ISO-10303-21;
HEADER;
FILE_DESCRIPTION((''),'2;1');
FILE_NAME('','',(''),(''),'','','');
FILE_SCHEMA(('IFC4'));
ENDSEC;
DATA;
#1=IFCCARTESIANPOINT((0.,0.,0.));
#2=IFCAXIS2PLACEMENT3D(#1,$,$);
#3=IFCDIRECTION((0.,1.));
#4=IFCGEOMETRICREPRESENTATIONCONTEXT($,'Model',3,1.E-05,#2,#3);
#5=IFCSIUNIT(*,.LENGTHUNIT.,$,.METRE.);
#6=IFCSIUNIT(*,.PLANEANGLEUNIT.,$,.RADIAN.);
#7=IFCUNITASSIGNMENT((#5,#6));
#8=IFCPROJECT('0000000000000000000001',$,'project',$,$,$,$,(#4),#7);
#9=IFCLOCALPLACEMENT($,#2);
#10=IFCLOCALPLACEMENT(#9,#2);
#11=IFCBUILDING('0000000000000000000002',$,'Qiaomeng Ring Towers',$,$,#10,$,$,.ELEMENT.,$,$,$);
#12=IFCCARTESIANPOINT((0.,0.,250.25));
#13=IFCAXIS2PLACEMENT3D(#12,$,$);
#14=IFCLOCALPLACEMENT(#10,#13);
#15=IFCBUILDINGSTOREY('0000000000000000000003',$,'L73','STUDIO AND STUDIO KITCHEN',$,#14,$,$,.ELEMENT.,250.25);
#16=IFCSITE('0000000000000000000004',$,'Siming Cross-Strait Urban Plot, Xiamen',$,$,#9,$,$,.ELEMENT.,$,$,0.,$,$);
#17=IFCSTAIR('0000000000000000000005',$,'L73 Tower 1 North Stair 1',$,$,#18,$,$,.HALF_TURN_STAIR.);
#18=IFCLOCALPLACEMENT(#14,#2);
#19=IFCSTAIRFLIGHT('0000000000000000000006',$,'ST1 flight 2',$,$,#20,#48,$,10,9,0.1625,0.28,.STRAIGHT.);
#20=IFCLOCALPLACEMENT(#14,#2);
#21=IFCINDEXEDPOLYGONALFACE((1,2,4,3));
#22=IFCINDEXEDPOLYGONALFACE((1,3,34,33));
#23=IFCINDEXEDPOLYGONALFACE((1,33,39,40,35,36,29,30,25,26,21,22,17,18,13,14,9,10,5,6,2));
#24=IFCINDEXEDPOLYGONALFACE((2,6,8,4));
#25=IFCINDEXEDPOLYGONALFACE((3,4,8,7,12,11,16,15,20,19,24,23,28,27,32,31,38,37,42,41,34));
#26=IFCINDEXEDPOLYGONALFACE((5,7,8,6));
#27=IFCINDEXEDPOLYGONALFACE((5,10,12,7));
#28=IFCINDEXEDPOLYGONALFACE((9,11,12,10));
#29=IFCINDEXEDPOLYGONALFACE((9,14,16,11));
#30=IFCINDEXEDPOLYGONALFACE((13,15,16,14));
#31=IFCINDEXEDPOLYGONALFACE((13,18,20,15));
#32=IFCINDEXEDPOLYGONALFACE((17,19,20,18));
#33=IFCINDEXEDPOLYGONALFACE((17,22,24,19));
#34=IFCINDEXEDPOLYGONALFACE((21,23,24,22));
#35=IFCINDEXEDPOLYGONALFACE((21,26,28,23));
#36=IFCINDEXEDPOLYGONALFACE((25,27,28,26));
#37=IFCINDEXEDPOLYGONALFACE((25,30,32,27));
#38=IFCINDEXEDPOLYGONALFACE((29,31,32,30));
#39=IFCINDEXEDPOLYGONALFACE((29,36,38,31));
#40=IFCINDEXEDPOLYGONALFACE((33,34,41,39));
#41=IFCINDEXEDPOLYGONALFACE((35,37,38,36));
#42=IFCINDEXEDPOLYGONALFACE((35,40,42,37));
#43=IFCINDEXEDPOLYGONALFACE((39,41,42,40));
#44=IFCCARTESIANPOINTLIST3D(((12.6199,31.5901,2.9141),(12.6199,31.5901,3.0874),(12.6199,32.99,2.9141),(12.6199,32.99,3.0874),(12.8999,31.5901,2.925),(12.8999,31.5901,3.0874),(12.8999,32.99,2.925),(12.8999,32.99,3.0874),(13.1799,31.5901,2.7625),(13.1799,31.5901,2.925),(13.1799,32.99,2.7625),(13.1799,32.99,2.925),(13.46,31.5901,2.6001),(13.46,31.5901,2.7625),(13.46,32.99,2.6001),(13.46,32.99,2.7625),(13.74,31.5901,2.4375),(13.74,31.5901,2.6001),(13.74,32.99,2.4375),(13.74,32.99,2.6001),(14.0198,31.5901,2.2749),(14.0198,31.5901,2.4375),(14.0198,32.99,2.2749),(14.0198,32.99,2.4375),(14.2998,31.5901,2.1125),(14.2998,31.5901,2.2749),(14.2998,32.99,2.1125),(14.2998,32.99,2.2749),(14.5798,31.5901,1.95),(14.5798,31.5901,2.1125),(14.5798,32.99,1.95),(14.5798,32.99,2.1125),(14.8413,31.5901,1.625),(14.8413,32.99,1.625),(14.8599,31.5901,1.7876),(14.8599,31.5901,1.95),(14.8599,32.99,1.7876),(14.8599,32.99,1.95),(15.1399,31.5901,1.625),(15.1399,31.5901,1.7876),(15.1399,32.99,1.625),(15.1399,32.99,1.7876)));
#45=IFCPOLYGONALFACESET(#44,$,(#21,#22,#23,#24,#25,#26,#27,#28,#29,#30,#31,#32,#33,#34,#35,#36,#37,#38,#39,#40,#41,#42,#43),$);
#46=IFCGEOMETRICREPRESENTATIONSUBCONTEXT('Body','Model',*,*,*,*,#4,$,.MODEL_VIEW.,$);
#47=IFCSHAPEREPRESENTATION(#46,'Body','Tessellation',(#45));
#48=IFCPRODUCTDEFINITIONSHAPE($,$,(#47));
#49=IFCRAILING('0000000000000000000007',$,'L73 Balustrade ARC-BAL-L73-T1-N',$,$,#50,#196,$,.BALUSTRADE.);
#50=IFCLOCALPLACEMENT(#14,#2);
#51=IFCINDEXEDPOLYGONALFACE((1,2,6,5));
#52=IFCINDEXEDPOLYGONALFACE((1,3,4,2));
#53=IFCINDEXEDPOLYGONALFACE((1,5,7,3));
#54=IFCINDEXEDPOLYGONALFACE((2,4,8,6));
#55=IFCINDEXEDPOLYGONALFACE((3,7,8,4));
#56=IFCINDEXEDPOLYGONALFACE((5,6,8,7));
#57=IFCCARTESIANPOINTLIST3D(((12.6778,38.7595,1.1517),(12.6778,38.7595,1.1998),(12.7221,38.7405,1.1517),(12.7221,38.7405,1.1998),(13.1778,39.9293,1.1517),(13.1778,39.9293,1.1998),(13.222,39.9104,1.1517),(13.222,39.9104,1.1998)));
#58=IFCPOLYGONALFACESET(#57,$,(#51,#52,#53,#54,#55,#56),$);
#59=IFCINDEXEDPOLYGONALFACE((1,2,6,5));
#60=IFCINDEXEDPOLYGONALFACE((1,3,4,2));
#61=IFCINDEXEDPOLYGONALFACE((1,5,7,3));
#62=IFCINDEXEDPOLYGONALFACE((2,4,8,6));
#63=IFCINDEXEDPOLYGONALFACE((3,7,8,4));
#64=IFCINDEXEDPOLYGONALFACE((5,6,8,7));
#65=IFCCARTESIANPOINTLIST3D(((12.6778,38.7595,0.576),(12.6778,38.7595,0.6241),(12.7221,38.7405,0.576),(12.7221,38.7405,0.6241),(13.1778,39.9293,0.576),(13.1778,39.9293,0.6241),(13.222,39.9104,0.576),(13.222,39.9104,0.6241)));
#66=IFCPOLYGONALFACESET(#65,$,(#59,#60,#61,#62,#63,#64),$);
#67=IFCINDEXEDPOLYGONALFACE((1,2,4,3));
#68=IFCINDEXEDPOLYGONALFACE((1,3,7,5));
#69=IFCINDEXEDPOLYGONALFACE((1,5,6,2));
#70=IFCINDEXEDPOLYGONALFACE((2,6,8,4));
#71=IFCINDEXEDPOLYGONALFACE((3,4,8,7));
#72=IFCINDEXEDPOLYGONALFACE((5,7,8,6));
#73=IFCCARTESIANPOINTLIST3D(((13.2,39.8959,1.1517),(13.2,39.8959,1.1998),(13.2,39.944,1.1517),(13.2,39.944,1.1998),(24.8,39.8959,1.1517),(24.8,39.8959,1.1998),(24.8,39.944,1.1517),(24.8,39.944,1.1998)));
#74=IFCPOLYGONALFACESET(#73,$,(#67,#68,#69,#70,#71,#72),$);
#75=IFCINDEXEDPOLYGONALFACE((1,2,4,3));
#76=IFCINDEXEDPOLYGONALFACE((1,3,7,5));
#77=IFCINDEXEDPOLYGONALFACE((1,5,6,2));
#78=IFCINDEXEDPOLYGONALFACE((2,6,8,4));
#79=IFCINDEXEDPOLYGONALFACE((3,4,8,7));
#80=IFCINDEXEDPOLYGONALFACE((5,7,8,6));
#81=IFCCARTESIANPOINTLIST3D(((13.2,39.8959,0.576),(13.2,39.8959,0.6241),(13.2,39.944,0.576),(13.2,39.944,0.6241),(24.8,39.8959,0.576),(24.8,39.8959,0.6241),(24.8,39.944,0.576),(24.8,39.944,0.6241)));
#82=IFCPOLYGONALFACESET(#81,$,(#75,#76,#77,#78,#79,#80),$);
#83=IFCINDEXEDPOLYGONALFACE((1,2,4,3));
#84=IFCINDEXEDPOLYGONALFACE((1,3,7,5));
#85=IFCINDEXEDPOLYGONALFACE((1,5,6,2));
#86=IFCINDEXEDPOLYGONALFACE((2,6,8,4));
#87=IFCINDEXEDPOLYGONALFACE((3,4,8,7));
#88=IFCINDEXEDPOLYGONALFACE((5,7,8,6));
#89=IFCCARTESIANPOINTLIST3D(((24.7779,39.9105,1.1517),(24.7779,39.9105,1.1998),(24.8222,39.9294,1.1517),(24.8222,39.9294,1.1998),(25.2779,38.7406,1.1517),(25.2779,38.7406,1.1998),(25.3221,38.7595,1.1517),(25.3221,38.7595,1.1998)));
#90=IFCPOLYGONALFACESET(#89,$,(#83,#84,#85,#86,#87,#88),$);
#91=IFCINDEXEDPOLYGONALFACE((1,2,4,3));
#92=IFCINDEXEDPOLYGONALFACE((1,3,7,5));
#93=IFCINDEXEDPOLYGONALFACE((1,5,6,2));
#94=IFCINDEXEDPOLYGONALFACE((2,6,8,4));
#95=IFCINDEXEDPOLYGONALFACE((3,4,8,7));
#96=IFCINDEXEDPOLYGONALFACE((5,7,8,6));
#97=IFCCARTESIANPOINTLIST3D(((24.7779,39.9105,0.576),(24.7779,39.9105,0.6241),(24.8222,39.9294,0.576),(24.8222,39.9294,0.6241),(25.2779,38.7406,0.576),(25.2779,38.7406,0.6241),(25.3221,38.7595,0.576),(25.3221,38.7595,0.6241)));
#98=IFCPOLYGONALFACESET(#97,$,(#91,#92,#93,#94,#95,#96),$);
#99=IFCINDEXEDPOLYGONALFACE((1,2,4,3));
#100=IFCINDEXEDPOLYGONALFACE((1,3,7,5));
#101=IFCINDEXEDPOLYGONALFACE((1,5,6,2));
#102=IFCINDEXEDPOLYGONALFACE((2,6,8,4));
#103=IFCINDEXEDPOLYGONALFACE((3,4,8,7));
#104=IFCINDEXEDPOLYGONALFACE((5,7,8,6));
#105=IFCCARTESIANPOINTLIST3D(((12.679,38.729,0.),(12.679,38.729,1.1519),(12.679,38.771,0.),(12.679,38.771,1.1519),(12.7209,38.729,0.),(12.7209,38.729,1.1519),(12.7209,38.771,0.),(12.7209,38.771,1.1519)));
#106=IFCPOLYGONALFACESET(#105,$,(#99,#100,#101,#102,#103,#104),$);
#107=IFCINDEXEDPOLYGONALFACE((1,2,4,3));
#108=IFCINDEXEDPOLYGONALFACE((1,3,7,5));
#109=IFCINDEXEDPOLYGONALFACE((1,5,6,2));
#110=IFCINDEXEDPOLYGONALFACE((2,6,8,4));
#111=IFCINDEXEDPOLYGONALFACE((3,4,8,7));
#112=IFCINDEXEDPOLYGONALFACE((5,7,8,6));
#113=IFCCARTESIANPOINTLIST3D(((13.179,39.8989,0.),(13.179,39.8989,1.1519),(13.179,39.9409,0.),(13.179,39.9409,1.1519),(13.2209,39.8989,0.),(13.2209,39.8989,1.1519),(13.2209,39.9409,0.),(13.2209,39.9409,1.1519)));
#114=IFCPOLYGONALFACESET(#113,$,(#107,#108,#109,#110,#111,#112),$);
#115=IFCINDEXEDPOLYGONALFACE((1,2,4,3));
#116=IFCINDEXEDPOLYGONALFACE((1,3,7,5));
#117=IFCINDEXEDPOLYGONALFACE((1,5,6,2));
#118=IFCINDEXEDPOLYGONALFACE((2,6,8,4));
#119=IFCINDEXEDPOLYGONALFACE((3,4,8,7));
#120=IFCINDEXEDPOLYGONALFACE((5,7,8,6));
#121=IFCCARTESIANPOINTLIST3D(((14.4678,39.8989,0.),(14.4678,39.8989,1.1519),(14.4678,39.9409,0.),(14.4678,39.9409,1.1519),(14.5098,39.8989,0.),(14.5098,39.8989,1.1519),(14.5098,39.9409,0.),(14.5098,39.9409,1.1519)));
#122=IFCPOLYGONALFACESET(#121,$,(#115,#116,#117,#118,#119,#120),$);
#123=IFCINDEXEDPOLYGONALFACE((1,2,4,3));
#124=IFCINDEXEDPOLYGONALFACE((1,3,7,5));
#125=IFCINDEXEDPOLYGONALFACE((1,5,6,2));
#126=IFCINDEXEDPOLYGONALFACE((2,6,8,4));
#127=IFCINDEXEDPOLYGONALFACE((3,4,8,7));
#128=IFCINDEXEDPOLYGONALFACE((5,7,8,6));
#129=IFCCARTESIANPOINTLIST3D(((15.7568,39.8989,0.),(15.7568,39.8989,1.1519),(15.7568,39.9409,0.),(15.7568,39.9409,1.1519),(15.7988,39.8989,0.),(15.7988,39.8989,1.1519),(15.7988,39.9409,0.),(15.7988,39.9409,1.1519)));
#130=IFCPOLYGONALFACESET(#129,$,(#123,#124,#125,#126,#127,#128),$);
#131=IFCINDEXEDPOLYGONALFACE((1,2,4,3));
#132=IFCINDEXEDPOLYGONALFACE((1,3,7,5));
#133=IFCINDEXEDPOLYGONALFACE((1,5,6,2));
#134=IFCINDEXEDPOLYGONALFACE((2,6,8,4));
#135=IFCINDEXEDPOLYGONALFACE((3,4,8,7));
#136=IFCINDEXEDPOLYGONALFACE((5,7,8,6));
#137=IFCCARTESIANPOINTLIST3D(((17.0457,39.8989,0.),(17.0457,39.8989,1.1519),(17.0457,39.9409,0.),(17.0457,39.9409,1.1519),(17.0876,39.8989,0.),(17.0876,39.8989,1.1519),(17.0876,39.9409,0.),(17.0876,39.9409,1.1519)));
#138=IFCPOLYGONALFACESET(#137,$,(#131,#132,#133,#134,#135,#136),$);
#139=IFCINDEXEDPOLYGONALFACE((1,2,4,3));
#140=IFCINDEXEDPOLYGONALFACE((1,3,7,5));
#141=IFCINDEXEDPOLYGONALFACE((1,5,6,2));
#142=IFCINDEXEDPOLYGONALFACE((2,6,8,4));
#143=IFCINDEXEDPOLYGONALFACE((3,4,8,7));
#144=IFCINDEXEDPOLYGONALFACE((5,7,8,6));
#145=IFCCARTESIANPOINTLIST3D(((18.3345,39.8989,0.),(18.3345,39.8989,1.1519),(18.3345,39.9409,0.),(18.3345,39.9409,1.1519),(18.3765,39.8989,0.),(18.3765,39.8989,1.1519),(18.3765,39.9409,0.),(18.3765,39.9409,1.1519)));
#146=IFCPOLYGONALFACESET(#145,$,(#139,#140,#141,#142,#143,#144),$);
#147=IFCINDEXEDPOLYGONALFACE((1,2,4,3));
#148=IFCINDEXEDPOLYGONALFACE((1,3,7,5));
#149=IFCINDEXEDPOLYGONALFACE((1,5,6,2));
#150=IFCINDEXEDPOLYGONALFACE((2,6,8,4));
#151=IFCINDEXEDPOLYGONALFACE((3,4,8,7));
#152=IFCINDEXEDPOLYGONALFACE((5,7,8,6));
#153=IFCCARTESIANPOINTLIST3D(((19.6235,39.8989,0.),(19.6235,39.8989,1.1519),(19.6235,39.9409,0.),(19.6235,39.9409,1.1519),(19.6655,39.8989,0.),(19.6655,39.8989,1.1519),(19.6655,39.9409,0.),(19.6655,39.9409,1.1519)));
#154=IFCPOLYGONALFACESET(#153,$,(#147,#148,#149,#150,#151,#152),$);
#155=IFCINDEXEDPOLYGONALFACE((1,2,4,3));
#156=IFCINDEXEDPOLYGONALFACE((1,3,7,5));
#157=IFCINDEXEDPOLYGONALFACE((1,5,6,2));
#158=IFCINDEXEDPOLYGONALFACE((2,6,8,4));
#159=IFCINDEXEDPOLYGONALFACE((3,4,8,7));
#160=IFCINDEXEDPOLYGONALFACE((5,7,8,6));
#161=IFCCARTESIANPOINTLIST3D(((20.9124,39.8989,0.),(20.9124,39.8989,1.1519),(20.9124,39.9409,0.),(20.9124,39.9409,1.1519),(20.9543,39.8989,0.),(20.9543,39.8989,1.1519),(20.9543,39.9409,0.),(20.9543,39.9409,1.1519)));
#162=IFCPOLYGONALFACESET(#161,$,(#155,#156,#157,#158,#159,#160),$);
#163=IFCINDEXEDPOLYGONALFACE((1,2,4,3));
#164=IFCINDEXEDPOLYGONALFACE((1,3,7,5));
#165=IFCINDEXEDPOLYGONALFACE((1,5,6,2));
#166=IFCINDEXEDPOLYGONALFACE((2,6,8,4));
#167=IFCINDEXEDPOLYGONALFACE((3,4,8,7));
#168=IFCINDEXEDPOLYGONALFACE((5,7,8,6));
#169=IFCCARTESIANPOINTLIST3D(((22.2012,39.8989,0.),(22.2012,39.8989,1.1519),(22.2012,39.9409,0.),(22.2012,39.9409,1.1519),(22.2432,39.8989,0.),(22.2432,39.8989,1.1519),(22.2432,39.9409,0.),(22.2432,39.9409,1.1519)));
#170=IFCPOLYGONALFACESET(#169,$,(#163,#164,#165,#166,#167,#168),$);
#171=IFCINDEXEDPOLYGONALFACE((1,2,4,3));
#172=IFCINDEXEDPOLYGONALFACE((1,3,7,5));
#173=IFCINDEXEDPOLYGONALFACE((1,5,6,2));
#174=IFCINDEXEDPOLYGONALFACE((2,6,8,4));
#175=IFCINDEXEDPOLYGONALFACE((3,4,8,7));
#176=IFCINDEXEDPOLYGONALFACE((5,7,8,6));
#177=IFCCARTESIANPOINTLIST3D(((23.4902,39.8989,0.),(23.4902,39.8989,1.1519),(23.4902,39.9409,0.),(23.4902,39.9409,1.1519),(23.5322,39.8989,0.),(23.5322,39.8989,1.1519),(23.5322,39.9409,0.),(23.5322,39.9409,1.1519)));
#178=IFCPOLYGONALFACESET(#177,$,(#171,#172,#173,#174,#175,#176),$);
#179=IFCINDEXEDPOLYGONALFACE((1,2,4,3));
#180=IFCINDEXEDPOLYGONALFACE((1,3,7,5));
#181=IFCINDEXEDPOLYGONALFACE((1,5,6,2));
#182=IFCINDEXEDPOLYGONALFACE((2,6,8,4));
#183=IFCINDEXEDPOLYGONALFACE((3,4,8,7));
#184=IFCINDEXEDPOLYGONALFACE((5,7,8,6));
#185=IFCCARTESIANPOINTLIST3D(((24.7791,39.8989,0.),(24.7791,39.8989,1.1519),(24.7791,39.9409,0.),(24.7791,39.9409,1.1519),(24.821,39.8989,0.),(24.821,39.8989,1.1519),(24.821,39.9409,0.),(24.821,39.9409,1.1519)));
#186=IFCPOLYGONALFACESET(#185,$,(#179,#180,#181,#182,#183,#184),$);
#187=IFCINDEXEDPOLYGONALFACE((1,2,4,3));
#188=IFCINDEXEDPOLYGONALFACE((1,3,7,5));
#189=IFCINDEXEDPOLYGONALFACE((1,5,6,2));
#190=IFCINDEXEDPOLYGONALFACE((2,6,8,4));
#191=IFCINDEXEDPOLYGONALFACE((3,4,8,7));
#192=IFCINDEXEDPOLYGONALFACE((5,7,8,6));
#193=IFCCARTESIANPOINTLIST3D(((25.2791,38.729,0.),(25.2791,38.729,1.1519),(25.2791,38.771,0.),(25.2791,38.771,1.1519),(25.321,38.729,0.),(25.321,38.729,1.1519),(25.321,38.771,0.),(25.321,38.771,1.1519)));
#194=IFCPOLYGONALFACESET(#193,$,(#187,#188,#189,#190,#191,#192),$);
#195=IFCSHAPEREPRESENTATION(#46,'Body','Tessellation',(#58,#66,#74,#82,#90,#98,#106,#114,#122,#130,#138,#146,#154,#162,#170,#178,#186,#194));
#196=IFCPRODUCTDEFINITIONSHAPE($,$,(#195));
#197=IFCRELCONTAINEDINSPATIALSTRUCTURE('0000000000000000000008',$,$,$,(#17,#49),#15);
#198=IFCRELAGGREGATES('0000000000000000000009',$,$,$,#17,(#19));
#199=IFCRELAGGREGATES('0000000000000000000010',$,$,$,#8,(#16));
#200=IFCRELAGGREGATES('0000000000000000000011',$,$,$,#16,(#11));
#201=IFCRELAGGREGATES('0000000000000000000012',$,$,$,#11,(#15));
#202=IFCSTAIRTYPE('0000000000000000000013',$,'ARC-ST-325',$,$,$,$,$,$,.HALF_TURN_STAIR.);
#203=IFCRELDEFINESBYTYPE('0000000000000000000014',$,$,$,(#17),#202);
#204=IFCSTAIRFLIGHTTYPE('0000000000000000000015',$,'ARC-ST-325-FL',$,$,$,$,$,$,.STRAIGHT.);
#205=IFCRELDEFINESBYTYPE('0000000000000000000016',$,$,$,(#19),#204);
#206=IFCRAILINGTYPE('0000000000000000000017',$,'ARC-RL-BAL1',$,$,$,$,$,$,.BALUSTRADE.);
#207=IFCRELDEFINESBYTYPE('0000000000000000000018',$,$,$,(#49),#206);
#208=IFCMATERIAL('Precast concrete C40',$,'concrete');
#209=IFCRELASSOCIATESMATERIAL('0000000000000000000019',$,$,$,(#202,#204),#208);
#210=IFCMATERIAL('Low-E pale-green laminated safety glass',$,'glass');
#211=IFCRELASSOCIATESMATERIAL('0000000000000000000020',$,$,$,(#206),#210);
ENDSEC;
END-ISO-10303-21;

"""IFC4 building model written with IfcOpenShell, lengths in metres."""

from ifc_helpers import new_model, si_unit, direction, frame, origin, origin_2d, place, context, subcontext, project, spatial, polyline, rectangle, outline, extrude, source, transform, mapped, material, type_object, element, aggregate, save


model = new_model("IFC4")

# Units and contexts
model_context = context("Model", 3, precision=1e-05, world=origin(), true_north=direction((0.0, 1.0)))
body_context = subcontext(model_context, "Body", "Model", "MODEL_VIEW")
ifc_project = project(units=[si_unit("LENGTHUNIT", "METRE"), si_unit("PLANEANGLEUNIT", "RADIAN")], contexts=[model_context])

# Site, building, storey
site_placement = place(None, origin())
site = spatial("IfcSite", under=ifc_project, at=site_placement, Name="Siming Cross-Strait Urban Plot, Xiamen", CompositionType="ELEMENT", RefElevation=0.0)
building_placement = place(site_placement, origin())
building = spatial("IfcBuilding", under=site, at=building_placement, Name="Qiaomeng Ring Towers", CompositionType="ELEMENT")
storey_placement = place(building_placement, frame((0.0, 0.0, 250.25)))
storey = spatial("IfcBuildingStorey", under=building, at=storey_placement, Name="L73", Description="STUDIO AND STUDIO KITCHEN", CompositionType="ELEMENT", Elevation=250.25)

# Stair, stair flight
ifc_material_1 = material(Name="Precast concrete C40", Category="concrete")
stair_type = type_object("IfcStairType", Name="ARC-ST-325", PredefinedType="HALF_TURN_STAIR", material=ifc_material_1)
stair_placement = place(storey_placement, origin())
stair = element("IfcStair", 1, at=stair_placement, inside=storey, type_object=stair_type, Name="L73 Tower 1 North Stair 1", PredefinedType="HALF_TURN_STAIR")
stair_flight_type = type_object("IfcStairFlightType", Name="ARC-ST-325-FL", PredefinedType="STRAIGHT", material=ifc_material_1)
shared_shape_1 = source(origin(), body_context, "Body", "SweptSolid", [
    extrude(outline(polyline([(0.0, 0.0), (0.0, 0.1626), (0.28, 0.1626), (0.28, 0.325), (0.5601, 0.325), (0.5601, 0.4875), (0.8401, 0.4875), (0.8401, 0.6499), (1.1201, 0.6499), (1.1201, 0.8125), (1.3999, 0.8125), (1.3999, 0.9751), (1.6799, 0.9751), (1.6799, 1.1375), (1.96, 1.1375), (1.96, 1.3), (2.24, 1.3), (2.24, 1.4624), (2.52, 1.4624), (2.52, 1.625), (2.52, 1.2891), (0.2986, 0.0), (0.0, 0.0)])), frame((0.0, 0.7, 0.0), z_axis=(0.0, -1.0, 0.0), x_axis=(1.0, 0.0, 0.0)), (0.0, 0.0, 1.0), 1.3999),
])
stair_flight_placement = place(storey_placement, frame((15.1399, 32.29, 1.625), z_axis=(0.0, 0.0, 1.0), x_axis=(-1.0, 0.0, 0.0)))
stair_flight = element("IfcStairFlight", 2, at=stair_flight_placement, type_object=stair_flight_type, Name="ST1 flight 2", NumberOfRisers=10, NumberOfTreads=9, PredefinedType="STRAIGHT", RiserHeight=0.1625, TreadLength=0.28, context=body_context, shape_type="MappedRepresentation", body=[
    mapped(shared_shape_1, transform((0.0, 0.0, 0.0), x_axis=(1.0, 0.0, 0.0), y_axis=(0.0, 1.0, 0.0), z_axis=(0.0, 0.0, 1.0), scale=1.0)),
])
aggregate(stair, [stair_flight])

# Railing
ifc_material_2 = material(Name="Low-E pale-green laminated safety glass", Category="glass")
railing_type_1 = type_object("IfcRailingType", Name="ARC-RL-BAL1", PredefinedType="BALUSTRADE", material=ifc_material_2)
railing_1_placement = place(storey_placement, frame((12.7, 38.75, 0.0)))
element("IfcRailing", 3, at=railing_1_placement, inside=storey, type_object=railing_type_1, Name="L73 Balustrade ARC-BAL-L73-T1-N", PredefinedType="BALUSTRADE", context=body_context, shape_type="SweptSolid", body=[
    extrude(rectangle(XDim=0.0481, YDim=0.0481, at=origin_2d()), frame((0.0, 0.0, 1.1758), z_axis=(0.392993, 0.919542, 0.0), x_axis=(-0.919542, 0.392993, 0.0)), (0.0, 0.0, 1.0), 1.2722),
    extrude(rectangle(XDim=0.0481, YDim=0.0481, at=origin_2d()), frame((0.0, 0.0, 0.6001), z_axis=(0.392993, 0.919542, 0.0), x_axis=(-0.919542, 0.392993, 0.0)), (0.0, 0.0, 1.0), 1.2722),
    extrude(rectangle(XDim=0.0481, YDim=0.0481, at=origin_2d()), frame((0.5, 1.1699, 1.1758), z_axis=(1.0, 0.0, 0.0), x_axis=(0.0, 1.0, 0.0)), (0.0, 0.0, 1.0), 11.6001),
    extrude(rectangle(XDim=0.0481, YDim=0.0481, at=origin_2d()), frame((0.5, 1.1699, 0.6001), z_axis=(1.0, 0.0, 0.0), x_axis=(0.0, 1.0, 0.0)), (0.0, 0.0, 1.0), 11.6001),
    extrude(rectangle(XDim=0.0481, YDim=0.0481, at=origin_2d()), frame((12.1001, 1.1699, 1.1758), z_axis=(0.392993, -0.919542, 0.0), x_axis=(0.919542, 0.392993, 0.0)), (0.0, 0.0, 1.0), 1.2722),
    extrude(rectangle(XDim=0.0481, YDim=0.0481, at=origin_2d()), frame((12.1001, 1.1699, 0.6001), z_axis=(0.392993, -0.919542, 0.0), x_axis=(0.919542, 0.392993, 0.0)), (0.0, 0.0, 1.0), 1.2722),
    extrude(rectangle(XDim=0.042, YDim=0.042, at=origin_2d()), origin(), (0.0, 0.0, 1.0), 1.1519),
    extrude(rectangle(XDim=0.042, YDim=0.042, at=origin_2d()), frame((0.5, 1.1699, 0.0)), (0.0, 0.0, 1.0), 1.1519),
    extrude(rectangle(XDim=0.042, YDim=0.042, at=origin_2d()), frame((1.7888, 1.1699, 0.0)), (0.0, 0.0, 1.0), 1.1519),
    extrude(rectangle(XDim=0.042, YDim=0.042, at=origin_2d()), frame((3.0779, 1.1699, 0.0)), (0.0, 0.0, 1.0), 1.1519),
    extrude(rectangle(XDim=0.042, YDim=0.042, at=origin_2d()), frame((4.3667, 1.1699, 0.0)), (0.0, 0.0, 1.0), 1.1519),
    extrude(rectangle(XDim=0.042, YDim=0.042, at=origin_2d()), frame((5.6555, 1.1699, 0.0)), (0.0, 0.0, 1.0), 1.1519),
    extrude(rectangle(XDim=0.042, YDim=0.042, at=origin_2d()), frame((6.9446, 1.1699, 0.0)), (0.0, 0.0, 1.0), 1.1519),
    extrude(rectangle(XDim=0.042, YDim=0.042, at=origin_2d()), frame((8.2334, 1.1699, 0.0)), (0.0, 0.0, 1.0), 1.1519),
    extrude(rectangle(XDim=0.042, YDim=0.042, at=origin_2d()), frame((9.5222, 1.1699, 0.0)), (0.0, 0.0, 1.0), 1.1519),
    extrude(rectangle(XDim=0.042, YDim=0.042, at=origin_2d()), frame((10.8113, 1.1699, 0.0)), (0.0, 0.0, 1.0), 1.1519),
    extrude(rectangle(XDim=0.042, YDim=0.042, at=origin_2d()), frame((12.1001, 1.1699, 0.0)), (0.0, 0.0, 1.0), 1.1519),
    extrude(rectangle(XDim=0.042, YDim=0.042, at=origin_2d()), frame((12.6001, 0.0, 0.0)), (0.0, 0.0, 1.0), 1.1519),
])

save(model, "model.ifc")
